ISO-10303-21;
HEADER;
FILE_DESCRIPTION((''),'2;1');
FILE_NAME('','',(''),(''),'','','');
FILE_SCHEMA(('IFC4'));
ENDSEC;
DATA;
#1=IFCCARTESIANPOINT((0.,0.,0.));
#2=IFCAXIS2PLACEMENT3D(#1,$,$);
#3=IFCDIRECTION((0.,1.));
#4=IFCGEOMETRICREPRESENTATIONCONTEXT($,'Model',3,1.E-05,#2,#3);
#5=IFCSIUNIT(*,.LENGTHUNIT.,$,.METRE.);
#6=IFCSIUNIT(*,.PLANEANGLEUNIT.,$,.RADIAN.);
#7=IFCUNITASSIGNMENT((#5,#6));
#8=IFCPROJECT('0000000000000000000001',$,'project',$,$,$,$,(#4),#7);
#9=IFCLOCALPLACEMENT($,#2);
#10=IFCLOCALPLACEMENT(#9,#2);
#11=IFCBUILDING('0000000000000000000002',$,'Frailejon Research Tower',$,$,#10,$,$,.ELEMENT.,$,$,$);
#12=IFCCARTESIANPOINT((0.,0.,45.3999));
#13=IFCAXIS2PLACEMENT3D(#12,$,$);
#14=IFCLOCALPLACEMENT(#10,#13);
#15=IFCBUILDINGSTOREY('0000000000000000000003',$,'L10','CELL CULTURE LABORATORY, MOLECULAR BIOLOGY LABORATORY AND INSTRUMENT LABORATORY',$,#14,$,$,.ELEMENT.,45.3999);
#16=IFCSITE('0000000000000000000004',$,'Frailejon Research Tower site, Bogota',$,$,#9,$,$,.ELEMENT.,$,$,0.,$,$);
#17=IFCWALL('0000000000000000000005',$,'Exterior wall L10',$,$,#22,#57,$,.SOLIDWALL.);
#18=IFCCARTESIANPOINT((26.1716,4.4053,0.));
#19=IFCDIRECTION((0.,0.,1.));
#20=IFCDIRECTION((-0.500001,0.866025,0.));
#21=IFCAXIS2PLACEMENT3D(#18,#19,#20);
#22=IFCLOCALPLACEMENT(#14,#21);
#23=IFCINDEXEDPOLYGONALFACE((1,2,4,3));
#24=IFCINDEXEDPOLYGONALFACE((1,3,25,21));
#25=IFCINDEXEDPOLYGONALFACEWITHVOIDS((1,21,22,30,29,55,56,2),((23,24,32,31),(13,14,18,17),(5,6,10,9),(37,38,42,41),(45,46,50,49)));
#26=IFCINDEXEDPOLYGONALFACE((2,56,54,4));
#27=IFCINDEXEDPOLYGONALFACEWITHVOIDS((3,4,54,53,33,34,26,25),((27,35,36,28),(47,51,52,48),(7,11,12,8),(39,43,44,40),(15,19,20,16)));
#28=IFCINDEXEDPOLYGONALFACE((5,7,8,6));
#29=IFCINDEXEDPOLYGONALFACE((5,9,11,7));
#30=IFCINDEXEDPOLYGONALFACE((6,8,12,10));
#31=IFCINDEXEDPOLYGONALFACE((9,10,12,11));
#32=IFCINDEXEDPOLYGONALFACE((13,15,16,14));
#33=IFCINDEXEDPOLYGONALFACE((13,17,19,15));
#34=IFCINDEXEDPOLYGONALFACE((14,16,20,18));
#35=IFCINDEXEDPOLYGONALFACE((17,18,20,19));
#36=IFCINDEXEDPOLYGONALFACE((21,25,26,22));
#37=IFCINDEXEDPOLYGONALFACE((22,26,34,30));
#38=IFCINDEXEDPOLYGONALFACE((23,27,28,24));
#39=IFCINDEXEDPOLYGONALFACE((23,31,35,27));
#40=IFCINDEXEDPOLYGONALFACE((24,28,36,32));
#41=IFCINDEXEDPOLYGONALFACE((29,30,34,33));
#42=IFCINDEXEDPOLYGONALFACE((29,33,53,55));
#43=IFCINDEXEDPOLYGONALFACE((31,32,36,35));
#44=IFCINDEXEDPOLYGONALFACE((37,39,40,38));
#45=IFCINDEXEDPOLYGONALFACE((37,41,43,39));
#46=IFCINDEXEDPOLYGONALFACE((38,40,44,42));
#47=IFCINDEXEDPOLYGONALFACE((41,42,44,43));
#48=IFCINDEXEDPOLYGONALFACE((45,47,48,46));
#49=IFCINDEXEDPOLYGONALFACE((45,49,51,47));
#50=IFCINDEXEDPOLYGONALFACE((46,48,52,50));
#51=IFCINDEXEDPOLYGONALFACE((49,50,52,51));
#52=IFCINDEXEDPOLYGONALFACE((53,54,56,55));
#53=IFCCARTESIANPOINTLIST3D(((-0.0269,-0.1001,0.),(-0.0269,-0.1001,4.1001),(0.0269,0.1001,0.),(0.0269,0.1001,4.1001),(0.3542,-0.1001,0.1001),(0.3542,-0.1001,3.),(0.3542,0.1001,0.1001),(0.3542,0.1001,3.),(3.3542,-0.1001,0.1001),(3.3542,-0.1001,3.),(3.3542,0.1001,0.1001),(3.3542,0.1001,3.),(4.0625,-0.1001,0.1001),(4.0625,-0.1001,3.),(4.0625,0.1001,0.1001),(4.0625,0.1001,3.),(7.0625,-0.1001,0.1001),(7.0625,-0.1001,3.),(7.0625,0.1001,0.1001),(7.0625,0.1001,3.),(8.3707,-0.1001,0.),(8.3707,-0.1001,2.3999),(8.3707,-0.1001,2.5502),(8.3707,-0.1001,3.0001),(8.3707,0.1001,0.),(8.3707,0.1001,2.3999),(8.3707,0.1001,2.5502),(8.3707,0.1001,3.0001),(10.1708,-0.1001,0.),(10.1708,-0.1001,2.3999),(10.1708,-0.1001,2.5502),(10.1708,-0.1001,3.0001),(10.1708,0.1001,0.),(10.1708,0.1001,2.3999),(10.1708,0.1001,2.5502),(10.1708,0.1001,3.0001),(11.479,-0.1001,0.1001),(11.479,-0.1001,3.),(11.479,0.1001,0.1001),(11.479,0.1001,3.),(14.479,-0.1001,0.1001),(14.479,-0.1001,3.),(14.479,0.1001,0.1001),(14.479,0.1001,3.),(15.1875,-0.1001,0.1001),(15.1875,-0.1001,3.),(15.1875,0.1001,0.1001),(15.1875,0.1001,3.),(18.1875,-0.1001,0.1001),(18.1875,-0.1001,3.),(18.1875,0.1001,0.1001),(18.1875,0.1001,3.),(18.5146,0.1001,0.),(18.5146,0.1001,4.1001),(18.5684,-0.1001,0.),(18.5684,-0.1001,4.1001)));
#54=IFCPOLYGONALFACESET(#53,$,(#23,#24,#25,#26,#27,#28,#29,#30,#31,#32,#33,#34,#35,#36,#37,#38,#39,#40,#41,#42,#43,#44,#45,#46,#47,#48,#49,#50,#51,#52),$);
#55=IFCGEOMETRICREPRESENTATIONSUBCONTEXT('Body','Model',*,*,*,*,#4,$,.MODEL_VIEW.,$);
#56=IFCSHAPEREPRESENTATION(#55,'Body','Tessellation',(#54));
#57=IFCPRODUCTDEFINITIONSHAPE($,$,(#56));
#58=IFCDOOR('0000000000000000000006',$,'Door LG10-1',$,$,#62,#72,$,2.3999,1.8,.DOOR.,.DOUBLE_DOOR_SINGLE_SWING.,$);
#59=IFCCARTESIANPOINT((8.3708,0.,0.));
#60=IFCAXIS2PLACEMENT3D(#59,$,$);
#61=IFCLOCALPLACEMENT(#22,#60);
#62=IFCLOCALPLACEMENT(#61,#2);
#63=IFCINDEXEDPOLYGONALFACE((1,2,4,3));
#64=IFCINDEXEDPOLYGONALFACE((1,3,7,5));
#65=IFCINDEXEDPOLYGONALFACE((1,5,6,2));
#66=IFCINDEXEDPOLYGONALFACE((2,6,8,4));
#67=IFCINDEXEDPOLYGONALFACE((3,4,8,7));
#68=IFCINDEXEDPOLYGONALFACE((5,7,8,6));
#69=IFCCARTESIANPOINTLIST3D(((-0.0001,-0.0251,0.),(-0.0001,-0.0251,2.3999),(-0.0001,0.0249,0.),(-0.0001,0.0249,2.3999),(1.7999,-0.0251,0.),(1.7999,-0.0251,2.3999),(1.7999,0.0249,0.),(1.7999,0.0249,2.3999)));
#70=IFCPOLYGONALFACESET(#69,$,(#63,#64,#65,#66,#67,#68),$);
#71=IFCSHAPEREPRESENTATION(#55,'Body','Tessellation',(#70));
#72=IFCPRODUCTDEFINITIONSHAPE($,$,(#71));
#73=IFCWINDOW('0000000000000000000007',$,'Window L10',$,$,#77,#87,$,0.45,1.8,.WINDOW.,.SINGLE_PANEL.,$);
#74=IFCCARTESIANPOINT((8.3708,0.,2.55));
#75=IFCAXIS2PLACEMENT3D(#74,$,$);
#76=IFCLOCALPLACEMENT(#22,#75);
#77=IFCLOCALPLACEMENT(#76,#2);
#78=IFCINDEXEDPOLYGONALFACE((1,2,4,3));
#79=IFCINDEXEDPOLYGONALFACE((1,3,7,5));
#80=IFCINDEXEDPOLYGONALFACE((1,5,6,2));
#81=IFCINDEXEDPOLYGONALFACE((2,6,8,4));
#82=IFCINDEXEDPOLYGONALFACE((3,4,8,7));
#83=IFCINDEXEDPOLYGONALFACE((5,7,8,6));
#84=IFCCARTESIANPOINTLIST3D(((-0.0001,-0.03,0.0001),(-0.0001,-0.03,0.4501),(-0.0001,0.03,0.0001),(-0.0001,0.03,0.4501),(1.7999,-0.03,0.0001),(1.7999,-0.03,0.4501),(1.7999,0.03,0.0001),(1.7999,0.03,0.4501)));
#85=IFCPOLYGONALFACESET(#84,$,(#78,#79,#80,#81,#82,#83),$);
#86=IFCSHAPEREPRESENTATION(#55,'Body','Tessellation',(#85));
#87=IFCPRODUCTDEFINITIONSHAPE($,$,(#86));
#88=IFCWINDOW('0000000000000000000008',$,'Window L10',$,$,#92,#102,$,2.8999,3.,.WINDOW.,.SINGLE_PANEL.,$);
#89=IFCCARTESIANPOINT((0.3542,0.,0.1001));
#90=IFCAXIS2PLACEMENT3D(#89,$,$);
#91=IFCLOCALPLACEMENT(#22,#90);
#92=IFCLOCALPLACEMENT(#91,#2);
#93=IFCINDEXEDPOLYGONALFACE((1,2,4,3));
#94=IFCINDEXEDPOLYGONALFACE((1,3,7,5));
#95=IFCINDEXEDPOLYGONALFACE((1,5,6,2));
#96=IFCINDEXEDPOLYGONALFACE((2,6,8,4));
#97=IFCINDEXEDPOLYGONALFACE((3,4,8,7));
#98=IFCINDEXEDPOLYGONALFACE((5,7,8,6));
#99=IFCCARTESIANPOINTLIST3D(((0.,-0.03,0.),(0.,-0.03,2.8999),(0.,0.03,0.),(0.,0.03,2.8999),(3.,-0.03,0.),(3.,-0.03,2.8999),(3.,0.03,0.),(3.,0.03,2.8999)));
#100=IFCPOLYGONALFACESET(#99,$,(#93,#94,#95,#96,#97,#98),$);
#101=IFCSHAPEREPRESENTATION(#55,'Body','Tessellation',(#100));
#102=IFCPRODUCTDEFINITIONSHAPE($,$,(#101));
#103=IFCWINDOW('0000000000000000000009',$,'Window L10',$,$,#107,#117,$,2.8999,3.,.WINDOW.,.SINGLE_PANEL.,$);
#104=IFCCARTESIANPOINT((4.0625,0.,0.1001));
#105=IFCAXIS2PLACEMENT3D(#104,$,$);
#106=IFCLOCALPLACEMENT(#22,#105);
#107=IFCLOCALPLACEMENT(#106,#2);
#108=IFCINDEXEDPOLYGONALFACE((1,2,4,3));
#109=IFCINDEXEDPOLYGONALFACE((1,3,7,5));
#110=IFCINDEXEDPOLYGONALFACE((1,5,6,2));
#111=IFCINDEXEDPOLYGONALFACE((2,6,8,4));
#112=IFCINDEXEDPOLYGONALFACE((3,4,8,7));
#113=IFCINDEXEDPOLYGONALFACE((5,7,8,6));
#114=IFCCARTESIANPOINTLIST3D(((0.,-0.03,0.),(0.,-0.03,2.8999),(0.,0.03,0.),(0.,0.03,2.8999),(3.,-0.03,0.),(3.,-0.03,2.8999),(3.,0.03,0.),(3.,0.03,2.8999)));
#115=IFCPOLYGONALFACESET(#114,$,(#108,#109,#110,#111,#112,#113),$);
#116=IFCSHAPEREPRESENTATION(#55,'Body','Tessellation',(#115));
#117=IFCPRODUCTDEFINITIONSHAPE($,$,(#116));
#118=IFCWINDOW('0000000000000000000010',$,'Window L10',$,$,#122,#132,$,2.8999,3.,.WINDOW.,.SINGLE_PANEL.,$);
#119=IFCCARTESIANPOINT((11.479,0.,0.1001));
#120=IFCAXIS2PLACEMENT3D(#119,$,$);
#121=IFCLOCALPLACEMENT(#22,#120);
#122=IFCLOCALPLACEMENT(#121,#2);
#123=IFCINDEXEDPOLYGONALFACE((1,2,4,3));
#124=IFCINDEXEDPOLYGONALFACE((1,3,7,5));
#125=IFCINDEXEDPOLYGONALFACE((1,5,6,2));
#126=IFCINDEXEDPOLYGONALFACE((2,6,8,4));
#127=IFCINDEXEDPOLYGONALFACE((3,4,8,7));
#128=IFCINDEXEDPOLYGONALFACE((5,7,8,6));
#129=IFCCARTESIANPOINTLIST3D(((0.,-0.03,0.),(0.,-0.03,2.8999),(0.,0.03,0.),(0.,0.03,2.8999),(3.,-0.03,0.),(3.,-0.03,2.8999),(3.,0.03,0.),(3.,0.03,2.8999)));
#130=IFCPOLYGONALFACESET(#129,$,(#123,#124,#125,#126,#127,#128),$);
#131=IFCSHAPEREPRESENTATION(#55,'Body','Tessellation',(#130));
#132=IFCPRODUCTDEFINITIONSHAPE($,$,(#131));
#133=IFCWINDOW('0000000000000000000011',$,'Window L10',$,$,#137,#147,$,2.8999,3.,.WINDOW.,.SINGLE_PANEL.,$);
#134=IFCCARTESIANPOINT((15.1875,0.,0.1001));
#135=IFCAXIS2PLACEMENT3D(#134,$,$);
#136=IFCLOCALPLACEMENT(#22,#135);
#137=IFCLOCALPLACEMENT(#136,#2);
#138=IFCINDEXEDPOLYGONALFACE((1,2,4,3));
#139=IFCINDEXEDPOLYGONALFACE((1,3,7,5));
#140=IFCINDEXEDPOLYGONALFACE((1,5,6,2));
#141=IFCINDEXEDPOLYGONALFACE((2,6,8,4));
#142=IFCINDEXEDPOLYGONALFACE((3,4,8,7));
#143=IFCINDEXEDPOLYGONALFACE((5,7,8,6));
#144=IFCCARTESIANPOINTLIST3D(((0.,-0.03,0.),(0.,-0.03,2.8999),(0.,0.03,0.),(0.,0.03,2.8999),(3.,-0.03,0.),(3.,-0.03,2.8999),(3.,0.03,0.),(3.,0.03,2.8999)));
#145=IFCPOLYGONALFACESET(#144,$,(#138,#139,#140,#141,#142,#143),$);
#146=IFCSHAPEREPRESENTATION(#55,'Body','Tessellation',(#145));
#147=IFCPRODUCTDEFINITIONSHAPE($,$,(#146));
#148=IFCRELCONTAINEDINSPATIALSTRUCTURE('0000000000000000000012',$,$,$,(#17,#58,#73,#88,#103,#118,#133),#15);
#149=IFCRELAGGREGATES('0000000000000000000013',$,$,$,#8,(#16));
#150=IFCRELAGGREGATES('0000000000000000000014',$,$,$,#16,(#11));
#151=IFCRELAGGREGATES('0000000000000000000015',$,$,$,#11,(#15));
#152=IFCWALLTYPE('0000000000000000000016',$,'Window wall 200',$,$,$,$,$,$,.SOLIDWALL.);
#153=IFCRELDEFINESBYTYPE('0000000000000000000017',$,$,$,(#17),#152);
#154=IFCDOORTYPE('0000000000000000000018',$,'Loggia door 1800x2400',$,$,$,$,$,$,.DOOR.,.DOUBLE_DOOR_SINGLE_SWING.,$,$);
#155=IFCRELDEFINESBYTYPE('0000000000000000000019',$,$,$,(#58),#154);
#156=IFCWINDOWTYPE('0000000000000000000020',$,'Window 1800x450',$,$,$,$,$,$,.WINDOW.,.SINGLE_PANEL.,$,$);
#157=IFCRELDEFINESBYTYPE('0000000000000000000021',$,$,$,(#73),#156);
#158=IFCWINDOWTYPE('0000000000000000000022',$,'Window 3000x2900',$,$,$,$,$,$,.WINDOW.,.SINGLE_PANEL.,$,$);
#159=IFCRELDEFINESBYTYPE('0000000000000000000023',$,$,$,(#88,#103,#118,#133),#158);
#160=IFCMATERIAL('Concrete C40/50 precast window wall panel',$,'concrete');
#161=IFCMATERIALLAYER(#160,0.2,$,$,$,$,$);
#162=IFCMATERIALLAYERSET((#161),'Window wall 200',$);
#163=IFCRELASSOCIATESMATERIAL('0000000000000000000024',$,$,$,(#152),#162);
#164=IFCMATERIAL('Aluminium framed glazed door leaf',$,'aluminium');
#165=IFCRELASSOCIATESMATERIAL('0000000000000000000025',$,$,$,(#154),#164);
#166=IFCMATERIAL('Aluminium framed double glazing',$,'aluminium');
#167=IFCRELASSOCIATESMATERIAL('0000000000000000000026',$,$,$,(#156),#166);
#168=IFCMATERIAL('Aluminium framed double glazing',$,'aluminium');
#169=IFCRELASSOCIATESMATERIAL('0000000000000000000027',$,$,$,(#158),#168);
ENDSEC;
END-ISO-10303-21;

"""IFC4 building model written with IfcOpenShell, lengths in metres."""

from ifc_helpers import new_model, si_unit, direction, frame, frame_2d, origin, place, context, subcontext, project, spatial, polyline, rectangle, outline, extrude, material, layer, layer_set, type_object, element, fill, save


model = new_model("IFC4")

# Units and contexts
model_context = context("Model", 3, precision=1e-05, world=origin(), true_north=direction((0.0, 1.0)))
body_context = subcontext(model_context, "Body", "Model", "MODEL_VIEW")
ifc_project = project(units=[si_unit("LENGTHUNIT", "METRE"), si_unit("PLANEANGLEUNIT", "RADIAN")], contexts=[model_context])

# Site, building, storey
site_placement = place(None, origin())
site = spatial("IfcSite", under=ifc_project, at=site_placement, Name="Frailejon Research Tower site, Bogota", CompositionType="ELEMENT", RefElevation=0.0)
building_placement = place(site_placement, origin())
building = spatial("IfcBuilding", under=site, at=building_placement, Name="Frailejon Research Tower", CompositionType="ELEMENT")
storey_placement = place(building_placement, frame((0.0, 0.0, 45.3999)))
storey = spatial("IfcBuildingStorey", under=building, at=storey_placement, Name="L10", Description="CELL CULTURE LABORATORY, MOLECULAR BIOLOGY LABORATORY AND INSTRUMENT LABORATORY", CompositionType="ELEMENT", Elevation=45.3999)

# Wall, openings, door, windows
ifc_material_1 = material(Name="Concrete C40/50 precast window wall panel", Category="concrete")
ifc_layer_1 = layer(ifc_material_1, 0.2)
ifc_layer_set_1 = layer_set([ifc_layer_1], Name="Window wall 200")
wall_type_1 = type_object("IfcWallType", Name="Window wall 200", PredefinedType="SOLIDWALL", material=ifc_layer_set_1)
wall_1_placement = place(storey_placement, frame((26.1716, 4.4053, 0.0), z_axis=(0.0, 0.0, 1.0), x_axis=(-0.500001, 0.866025, 0.0)))
wall_1 = element("IfcWall", 1, at=wall_1_placement, inside=storey, type_object=wall_type_1, Name="Exterior wall L10", PredefinedType="SOLIDWALL", context=body_context, shape_type="SweptSolid", body=[
    extrude(outline(polyline([(-0.0269, -0.1001), (1.0061, -0.1001), (2.0393, -0.1001), (3.0723, -0.1001), (4.1055, -0.1001), (5.1384, -0.1001), (6.1716, -0.1001), (7.2046, -0.1001), (8.2378, -0.1001), (9.2708, -0.1001), (10.3037, -0.1001), (11.3369, -0.1001), (12.3699, -0.1001), (13.4031, -0.1001), (14.436, -0.1001), (15.4692, -0.1001), (16.5022, -0.1001), (17.5354, -0.1001), (18.5684, -0.1001), (18.5146, 0.1001), (17.4875, 0.1001), (16.4604, 0.1001), (15.4333, 0.1001), (14.4062, 0.1001), (13.3792, 0.1001), (12.3521, 0.1001), (11.325, 0.1001), (10.2979, 0.1001), (9.2708, 0.1001), (8.2437, 0.1001), (7.2166, 0.1001), (6.1895, 0.1001), (5.1624, 0.1001), (4.1353, 0.1001), (3.1082, 0.1001), (2.0811, 0.1001), (1.054, 0.1001), (0.0269, 0.1001), (-0.0269, -0.1001)])), origin(), (0.0, 0.0, 1.0), 4.1001),
])
opening_1_placement = place(wall_1_placement, frame((0.3542, 0.0, 0.1001)))
opening_1 = element("IfcOpeningElement", 2, at=opening_1_placement, cuts=wall_1, PredefinedType="OPENING", context=body_context, shape_type="SweptSolid", body=[
    extrude(rectangle(XDim=3.0, YDim=2.8999, at=frame_2d((1.5, 1.45))), frame((0.0, 0.1099, 0.0), z_axis=(0.0, -1.0, 0.0), x_axis=(1.0, 0.0, 0.0)), (0.0, 0.0, 1.0), 0.22),
])
opening_2_placement = place(wall_1_placement, frame((4.0625, 0.0, 0.1001)))
opening_2 = element("IfcOpeningElement", 3, at=opening_2_placement, cuts=wall_1, PredefinedType="OPENING", context=body_context, shape_type="SweptSolid", body=[
    extrude(rectangle(XDim=3.0, YDim=2.8999, at=frame_2d((1.5, 1.45))), frame((0.0, 0.1099, 0.0), z_axis=(0.0, -1.0, 0.0), x_axis=(1.0, 0.0, 0.0)), (0.0, 0.0, 1.0), 0.22),
])
opening_3_placement = place(wall_1_placement, frame((8.3708, 0.0, 0.0)))
opening_3 = element("IfcOpeningElement", 4, at=opening_3_placement, cuts=wall_1, PredefinedType="OPENING", context=body_context, shape_type="SweptSolid", body=[
    extrude(rectangle(XDim=1.8, YDim=2.3999, at=frame_2d((0.8999, 1.2))), frame((0.0, 0.1099, 0.0), z_axis=(0.0, -1.0, 0.0), x_axis=(1.0, 0.0, 0.0)), (0.0, 0.0, 1.0), 0.22),
])
opening_4_placement = place(wall_1_placement, frame((8.3708, 0.0, 2.55)))
opening_4 = element("IfcOpeningElement", 5, at=opening_4_placement, cuts=wall_1, PredefinedType="OPENING", context=body_context, shape_type="SweptSolid", body=[
    extrude(rectangle(XDim=1.8, YDim=0.45, at=frame_2d((0.8999, 0.2251))), frame((0.0, 0.1099, 0.0), z_axis=(0.0, -1.0, 0.0), x_axis=(1.0, 0.0, 0.0)), (0.0, 0.0, 1.0), 0.22),
])
opening_5_placement = place(wall_1_placement, frame((11.479, 0.0, 0.1001)))
opening_5 = element("IfcOpeningElement", 6, at=opening_5_placement, cuts=wall_1, PredefinedType="OPENING", context=body_context, shape_type="SweptSolid", body=[
    extrude(rectangle(XDim=3.0, YDim=2.8999, at=frame_2d((1.5, 1.45))), frame((0.0, 0.1099, 0.0), z_axis=(0.0, -1.0, 0.0), x_axis=(1.0, 0.0, 0.0)), (0.0, 0.0, 1.0), 0.22),
])
opening_6_placement = place(wall_1_placement, frame((15.1875, 0.0, 0.1001)))
opening_6 = element("IfcOpeningElement", 7, at=opening_6_placement, cuts=wall_1, PredefinedType="OPENING", context=body_context, shape_type="SweptSolid", body=[
    extrude(rectangle(XDim=3.0, YDim=2.8999, at=frame_2d((1.5, 1.45))), frame((0.0, 0.1099, 0.0), z_axis=(0.0, -1.0, 0.0), x_axis=(1.0, 0.0, 0.0)), (0.0, 0.0, 1.0), 0.22),
])
ifc_material_2 = material(Name="Aluminium framed glazed door leaf", Category="aluminium")
door_type = type_object("IfcDoorType", Name="Loggia door 1800x2400", OperationType="DOUBLE_DOOR_SINGLE_SWING", PredefinedType="DOOR", material=ifc_material_2)
door_placement = place(opening_3_placement, origin())
door = element("IfcDoor", 8, at=door_placement, inside=storey, type_object=door_type, Name="Door LG10-1", OperationType="DOUBLE_DOOR_SINGLE_SWING", OverallHeight=2.3999, OverallWidth=1.8, PredefinedType="DOOR", context=body_context, shape_type="SweptSolid", body=[
    extrude(rectangle(XDim=1.8, YDim=2.3999, at=frame_2d((0.8999, 1.2))), frame((0.0, 0.0249, 0.0), z_axis=(0.0, -1.0, 0.0), x_axis=(1.0, 0.0, 0.0)), (0.0, 0.0, 1.0), 0.05),
])
fill(opening_3, door)
ifc_material_3 = material(Name="Aluminium framed double glazing", Category="aluminium")
window_type_1 = type_object("IfcWindowType", Name="Window 1800x450", PartitioningType="SINGLE_PANEL", PredefinedType="WINDOW", material=ifc_material_3)
window_1_placement = place(opening_4_placement, origin())
window_1 = element("IfcWindow", 9, at=window_1_placement, inside=storey, type_object=window_type_1, Name="Window L10", OverallHeight=0.45, OverallWidth=1.8, PartitioningType="SINGLE_PANEL", PredefinedType="WINDOW", context=body_context, shape_type="SweptSolid", body=[
    extrude(rectangle(XDim=1.8, YDim=0.45, at=frame_2d((0.8999, 0.2251))), frame((0.0, 0.03, 0.0), z_axis=(0.0, -1.0, 0.0), x_axis=(1.0, 0.0, 0.0)), (0.0, 0.0, 1.0), 0.0601),
])
fill(opening_4, window_1)
ifc_material_4 = material(Name="Aluminium framed double glazing", Category="aluminium")
window_type_2 = type_object("IfcWindowType", Name="Window 3000x2900", PartitioningType="SINGLE_PANEL", PredefinedType="WINDOW", material=ifc_material_4)
window_2_placement = place(opening_1_placement, origin())
window_2 = element("IfcWindow", 10, at=window_2_placement, inside=storey, type_object=window_type_2, Name="Window L10", OverallHeight=2.8999, OverallWidth=3.0, PartitioningType="SINGLE_PANEL", PredefinedType="WINDOW", context=body_context, shape_type="SweptSolid", body=[
    extrude(rectangle(XDim=3.0, YDim=2.8999, at=frame_2d((1.5, 1.45))), frame((0.0, 0.03, 0.0), z_axis=(0.0, -1.0, 0.0), x_axis=(1.0, 0.0, 0.0)), (0.0, 0.0, 1.0), 0.0601),
])
fill(opening_1, window_2)
window_3_placement = place(opening_2_placement, origin())
window_3 = element("IfcWindow", 11, at=window_3_placement, inside=storey, type_object=window_type_2, Name="Window L10", OverallHeight=2.8999, OverallWidth=3.0, PartitioningType="SINGLE_PANEL", PredefinedType="WINDOW", context=body_context, shape_type="SweptSolid", body=[
    extrude(rectangle(XDim=3.0, YDim=2.8999, at=frame_2d((1.5, 1.45))), frame((0.0, 0.03, 0.0), z_axis=(0.0, -1.0, 0.0), x_axis=(1.0, 0.0, 0.0)), (0.0, 0.0, 1.0), 0.0601),
])
fill(opening_2, window_3)
window_4_placement = place(opening_5_placement, origin())
window_4 = element("IfcWindow", 12, at=window_4_placement, inside=storey, type_object=window_type_2, Name="Window L10", OverallHeight=2.8999, OverallWidth=3.0, PartitioningType="SINGLE_PANEL", PredefinedType="WINDOW", context=body_context, shape_type="SweptSolid", body=[
    extrude(rectangle(XDim=3.0, YDim=2.8999, at=frame_2d((1.5, 1.45))), frame((0.0, 0.03, 0.0), z_axis=(0.0, -1.0, 0.0), x_axis=(1.0, 0.0, 0.0)), (0.0, 0.0, 1.0), 0.0601),
])
fill(opening_5, window_4)
window_5_placement = place(opening_6_placement, origin())
window_5 = element("IfcWindow", 13, at=window_5_placement, inside=storey, type_object=window_type_2, Name="Window L10", OverallHeight=2.8999, OverallWidth=3.0, PartitioningType="SINGLE_PANEL", PredefinedType="WINDOW", context=body_context, shape_type="SweptSolid", body=[
    extrude(rectangle(XDim=3.0, YDim=2.8999, at=frame_2d((1.5, 1.45))), frame((0.0, 0.03, 0.0), z_axis=(0.0, -1.0, 0.0), x_axis=(1.0, 0.0, 0.0)), (0.0, 0.0, 1.0), 0.0601),
])
fill(opening_6, window_5)

save(model, "model.ifc")
